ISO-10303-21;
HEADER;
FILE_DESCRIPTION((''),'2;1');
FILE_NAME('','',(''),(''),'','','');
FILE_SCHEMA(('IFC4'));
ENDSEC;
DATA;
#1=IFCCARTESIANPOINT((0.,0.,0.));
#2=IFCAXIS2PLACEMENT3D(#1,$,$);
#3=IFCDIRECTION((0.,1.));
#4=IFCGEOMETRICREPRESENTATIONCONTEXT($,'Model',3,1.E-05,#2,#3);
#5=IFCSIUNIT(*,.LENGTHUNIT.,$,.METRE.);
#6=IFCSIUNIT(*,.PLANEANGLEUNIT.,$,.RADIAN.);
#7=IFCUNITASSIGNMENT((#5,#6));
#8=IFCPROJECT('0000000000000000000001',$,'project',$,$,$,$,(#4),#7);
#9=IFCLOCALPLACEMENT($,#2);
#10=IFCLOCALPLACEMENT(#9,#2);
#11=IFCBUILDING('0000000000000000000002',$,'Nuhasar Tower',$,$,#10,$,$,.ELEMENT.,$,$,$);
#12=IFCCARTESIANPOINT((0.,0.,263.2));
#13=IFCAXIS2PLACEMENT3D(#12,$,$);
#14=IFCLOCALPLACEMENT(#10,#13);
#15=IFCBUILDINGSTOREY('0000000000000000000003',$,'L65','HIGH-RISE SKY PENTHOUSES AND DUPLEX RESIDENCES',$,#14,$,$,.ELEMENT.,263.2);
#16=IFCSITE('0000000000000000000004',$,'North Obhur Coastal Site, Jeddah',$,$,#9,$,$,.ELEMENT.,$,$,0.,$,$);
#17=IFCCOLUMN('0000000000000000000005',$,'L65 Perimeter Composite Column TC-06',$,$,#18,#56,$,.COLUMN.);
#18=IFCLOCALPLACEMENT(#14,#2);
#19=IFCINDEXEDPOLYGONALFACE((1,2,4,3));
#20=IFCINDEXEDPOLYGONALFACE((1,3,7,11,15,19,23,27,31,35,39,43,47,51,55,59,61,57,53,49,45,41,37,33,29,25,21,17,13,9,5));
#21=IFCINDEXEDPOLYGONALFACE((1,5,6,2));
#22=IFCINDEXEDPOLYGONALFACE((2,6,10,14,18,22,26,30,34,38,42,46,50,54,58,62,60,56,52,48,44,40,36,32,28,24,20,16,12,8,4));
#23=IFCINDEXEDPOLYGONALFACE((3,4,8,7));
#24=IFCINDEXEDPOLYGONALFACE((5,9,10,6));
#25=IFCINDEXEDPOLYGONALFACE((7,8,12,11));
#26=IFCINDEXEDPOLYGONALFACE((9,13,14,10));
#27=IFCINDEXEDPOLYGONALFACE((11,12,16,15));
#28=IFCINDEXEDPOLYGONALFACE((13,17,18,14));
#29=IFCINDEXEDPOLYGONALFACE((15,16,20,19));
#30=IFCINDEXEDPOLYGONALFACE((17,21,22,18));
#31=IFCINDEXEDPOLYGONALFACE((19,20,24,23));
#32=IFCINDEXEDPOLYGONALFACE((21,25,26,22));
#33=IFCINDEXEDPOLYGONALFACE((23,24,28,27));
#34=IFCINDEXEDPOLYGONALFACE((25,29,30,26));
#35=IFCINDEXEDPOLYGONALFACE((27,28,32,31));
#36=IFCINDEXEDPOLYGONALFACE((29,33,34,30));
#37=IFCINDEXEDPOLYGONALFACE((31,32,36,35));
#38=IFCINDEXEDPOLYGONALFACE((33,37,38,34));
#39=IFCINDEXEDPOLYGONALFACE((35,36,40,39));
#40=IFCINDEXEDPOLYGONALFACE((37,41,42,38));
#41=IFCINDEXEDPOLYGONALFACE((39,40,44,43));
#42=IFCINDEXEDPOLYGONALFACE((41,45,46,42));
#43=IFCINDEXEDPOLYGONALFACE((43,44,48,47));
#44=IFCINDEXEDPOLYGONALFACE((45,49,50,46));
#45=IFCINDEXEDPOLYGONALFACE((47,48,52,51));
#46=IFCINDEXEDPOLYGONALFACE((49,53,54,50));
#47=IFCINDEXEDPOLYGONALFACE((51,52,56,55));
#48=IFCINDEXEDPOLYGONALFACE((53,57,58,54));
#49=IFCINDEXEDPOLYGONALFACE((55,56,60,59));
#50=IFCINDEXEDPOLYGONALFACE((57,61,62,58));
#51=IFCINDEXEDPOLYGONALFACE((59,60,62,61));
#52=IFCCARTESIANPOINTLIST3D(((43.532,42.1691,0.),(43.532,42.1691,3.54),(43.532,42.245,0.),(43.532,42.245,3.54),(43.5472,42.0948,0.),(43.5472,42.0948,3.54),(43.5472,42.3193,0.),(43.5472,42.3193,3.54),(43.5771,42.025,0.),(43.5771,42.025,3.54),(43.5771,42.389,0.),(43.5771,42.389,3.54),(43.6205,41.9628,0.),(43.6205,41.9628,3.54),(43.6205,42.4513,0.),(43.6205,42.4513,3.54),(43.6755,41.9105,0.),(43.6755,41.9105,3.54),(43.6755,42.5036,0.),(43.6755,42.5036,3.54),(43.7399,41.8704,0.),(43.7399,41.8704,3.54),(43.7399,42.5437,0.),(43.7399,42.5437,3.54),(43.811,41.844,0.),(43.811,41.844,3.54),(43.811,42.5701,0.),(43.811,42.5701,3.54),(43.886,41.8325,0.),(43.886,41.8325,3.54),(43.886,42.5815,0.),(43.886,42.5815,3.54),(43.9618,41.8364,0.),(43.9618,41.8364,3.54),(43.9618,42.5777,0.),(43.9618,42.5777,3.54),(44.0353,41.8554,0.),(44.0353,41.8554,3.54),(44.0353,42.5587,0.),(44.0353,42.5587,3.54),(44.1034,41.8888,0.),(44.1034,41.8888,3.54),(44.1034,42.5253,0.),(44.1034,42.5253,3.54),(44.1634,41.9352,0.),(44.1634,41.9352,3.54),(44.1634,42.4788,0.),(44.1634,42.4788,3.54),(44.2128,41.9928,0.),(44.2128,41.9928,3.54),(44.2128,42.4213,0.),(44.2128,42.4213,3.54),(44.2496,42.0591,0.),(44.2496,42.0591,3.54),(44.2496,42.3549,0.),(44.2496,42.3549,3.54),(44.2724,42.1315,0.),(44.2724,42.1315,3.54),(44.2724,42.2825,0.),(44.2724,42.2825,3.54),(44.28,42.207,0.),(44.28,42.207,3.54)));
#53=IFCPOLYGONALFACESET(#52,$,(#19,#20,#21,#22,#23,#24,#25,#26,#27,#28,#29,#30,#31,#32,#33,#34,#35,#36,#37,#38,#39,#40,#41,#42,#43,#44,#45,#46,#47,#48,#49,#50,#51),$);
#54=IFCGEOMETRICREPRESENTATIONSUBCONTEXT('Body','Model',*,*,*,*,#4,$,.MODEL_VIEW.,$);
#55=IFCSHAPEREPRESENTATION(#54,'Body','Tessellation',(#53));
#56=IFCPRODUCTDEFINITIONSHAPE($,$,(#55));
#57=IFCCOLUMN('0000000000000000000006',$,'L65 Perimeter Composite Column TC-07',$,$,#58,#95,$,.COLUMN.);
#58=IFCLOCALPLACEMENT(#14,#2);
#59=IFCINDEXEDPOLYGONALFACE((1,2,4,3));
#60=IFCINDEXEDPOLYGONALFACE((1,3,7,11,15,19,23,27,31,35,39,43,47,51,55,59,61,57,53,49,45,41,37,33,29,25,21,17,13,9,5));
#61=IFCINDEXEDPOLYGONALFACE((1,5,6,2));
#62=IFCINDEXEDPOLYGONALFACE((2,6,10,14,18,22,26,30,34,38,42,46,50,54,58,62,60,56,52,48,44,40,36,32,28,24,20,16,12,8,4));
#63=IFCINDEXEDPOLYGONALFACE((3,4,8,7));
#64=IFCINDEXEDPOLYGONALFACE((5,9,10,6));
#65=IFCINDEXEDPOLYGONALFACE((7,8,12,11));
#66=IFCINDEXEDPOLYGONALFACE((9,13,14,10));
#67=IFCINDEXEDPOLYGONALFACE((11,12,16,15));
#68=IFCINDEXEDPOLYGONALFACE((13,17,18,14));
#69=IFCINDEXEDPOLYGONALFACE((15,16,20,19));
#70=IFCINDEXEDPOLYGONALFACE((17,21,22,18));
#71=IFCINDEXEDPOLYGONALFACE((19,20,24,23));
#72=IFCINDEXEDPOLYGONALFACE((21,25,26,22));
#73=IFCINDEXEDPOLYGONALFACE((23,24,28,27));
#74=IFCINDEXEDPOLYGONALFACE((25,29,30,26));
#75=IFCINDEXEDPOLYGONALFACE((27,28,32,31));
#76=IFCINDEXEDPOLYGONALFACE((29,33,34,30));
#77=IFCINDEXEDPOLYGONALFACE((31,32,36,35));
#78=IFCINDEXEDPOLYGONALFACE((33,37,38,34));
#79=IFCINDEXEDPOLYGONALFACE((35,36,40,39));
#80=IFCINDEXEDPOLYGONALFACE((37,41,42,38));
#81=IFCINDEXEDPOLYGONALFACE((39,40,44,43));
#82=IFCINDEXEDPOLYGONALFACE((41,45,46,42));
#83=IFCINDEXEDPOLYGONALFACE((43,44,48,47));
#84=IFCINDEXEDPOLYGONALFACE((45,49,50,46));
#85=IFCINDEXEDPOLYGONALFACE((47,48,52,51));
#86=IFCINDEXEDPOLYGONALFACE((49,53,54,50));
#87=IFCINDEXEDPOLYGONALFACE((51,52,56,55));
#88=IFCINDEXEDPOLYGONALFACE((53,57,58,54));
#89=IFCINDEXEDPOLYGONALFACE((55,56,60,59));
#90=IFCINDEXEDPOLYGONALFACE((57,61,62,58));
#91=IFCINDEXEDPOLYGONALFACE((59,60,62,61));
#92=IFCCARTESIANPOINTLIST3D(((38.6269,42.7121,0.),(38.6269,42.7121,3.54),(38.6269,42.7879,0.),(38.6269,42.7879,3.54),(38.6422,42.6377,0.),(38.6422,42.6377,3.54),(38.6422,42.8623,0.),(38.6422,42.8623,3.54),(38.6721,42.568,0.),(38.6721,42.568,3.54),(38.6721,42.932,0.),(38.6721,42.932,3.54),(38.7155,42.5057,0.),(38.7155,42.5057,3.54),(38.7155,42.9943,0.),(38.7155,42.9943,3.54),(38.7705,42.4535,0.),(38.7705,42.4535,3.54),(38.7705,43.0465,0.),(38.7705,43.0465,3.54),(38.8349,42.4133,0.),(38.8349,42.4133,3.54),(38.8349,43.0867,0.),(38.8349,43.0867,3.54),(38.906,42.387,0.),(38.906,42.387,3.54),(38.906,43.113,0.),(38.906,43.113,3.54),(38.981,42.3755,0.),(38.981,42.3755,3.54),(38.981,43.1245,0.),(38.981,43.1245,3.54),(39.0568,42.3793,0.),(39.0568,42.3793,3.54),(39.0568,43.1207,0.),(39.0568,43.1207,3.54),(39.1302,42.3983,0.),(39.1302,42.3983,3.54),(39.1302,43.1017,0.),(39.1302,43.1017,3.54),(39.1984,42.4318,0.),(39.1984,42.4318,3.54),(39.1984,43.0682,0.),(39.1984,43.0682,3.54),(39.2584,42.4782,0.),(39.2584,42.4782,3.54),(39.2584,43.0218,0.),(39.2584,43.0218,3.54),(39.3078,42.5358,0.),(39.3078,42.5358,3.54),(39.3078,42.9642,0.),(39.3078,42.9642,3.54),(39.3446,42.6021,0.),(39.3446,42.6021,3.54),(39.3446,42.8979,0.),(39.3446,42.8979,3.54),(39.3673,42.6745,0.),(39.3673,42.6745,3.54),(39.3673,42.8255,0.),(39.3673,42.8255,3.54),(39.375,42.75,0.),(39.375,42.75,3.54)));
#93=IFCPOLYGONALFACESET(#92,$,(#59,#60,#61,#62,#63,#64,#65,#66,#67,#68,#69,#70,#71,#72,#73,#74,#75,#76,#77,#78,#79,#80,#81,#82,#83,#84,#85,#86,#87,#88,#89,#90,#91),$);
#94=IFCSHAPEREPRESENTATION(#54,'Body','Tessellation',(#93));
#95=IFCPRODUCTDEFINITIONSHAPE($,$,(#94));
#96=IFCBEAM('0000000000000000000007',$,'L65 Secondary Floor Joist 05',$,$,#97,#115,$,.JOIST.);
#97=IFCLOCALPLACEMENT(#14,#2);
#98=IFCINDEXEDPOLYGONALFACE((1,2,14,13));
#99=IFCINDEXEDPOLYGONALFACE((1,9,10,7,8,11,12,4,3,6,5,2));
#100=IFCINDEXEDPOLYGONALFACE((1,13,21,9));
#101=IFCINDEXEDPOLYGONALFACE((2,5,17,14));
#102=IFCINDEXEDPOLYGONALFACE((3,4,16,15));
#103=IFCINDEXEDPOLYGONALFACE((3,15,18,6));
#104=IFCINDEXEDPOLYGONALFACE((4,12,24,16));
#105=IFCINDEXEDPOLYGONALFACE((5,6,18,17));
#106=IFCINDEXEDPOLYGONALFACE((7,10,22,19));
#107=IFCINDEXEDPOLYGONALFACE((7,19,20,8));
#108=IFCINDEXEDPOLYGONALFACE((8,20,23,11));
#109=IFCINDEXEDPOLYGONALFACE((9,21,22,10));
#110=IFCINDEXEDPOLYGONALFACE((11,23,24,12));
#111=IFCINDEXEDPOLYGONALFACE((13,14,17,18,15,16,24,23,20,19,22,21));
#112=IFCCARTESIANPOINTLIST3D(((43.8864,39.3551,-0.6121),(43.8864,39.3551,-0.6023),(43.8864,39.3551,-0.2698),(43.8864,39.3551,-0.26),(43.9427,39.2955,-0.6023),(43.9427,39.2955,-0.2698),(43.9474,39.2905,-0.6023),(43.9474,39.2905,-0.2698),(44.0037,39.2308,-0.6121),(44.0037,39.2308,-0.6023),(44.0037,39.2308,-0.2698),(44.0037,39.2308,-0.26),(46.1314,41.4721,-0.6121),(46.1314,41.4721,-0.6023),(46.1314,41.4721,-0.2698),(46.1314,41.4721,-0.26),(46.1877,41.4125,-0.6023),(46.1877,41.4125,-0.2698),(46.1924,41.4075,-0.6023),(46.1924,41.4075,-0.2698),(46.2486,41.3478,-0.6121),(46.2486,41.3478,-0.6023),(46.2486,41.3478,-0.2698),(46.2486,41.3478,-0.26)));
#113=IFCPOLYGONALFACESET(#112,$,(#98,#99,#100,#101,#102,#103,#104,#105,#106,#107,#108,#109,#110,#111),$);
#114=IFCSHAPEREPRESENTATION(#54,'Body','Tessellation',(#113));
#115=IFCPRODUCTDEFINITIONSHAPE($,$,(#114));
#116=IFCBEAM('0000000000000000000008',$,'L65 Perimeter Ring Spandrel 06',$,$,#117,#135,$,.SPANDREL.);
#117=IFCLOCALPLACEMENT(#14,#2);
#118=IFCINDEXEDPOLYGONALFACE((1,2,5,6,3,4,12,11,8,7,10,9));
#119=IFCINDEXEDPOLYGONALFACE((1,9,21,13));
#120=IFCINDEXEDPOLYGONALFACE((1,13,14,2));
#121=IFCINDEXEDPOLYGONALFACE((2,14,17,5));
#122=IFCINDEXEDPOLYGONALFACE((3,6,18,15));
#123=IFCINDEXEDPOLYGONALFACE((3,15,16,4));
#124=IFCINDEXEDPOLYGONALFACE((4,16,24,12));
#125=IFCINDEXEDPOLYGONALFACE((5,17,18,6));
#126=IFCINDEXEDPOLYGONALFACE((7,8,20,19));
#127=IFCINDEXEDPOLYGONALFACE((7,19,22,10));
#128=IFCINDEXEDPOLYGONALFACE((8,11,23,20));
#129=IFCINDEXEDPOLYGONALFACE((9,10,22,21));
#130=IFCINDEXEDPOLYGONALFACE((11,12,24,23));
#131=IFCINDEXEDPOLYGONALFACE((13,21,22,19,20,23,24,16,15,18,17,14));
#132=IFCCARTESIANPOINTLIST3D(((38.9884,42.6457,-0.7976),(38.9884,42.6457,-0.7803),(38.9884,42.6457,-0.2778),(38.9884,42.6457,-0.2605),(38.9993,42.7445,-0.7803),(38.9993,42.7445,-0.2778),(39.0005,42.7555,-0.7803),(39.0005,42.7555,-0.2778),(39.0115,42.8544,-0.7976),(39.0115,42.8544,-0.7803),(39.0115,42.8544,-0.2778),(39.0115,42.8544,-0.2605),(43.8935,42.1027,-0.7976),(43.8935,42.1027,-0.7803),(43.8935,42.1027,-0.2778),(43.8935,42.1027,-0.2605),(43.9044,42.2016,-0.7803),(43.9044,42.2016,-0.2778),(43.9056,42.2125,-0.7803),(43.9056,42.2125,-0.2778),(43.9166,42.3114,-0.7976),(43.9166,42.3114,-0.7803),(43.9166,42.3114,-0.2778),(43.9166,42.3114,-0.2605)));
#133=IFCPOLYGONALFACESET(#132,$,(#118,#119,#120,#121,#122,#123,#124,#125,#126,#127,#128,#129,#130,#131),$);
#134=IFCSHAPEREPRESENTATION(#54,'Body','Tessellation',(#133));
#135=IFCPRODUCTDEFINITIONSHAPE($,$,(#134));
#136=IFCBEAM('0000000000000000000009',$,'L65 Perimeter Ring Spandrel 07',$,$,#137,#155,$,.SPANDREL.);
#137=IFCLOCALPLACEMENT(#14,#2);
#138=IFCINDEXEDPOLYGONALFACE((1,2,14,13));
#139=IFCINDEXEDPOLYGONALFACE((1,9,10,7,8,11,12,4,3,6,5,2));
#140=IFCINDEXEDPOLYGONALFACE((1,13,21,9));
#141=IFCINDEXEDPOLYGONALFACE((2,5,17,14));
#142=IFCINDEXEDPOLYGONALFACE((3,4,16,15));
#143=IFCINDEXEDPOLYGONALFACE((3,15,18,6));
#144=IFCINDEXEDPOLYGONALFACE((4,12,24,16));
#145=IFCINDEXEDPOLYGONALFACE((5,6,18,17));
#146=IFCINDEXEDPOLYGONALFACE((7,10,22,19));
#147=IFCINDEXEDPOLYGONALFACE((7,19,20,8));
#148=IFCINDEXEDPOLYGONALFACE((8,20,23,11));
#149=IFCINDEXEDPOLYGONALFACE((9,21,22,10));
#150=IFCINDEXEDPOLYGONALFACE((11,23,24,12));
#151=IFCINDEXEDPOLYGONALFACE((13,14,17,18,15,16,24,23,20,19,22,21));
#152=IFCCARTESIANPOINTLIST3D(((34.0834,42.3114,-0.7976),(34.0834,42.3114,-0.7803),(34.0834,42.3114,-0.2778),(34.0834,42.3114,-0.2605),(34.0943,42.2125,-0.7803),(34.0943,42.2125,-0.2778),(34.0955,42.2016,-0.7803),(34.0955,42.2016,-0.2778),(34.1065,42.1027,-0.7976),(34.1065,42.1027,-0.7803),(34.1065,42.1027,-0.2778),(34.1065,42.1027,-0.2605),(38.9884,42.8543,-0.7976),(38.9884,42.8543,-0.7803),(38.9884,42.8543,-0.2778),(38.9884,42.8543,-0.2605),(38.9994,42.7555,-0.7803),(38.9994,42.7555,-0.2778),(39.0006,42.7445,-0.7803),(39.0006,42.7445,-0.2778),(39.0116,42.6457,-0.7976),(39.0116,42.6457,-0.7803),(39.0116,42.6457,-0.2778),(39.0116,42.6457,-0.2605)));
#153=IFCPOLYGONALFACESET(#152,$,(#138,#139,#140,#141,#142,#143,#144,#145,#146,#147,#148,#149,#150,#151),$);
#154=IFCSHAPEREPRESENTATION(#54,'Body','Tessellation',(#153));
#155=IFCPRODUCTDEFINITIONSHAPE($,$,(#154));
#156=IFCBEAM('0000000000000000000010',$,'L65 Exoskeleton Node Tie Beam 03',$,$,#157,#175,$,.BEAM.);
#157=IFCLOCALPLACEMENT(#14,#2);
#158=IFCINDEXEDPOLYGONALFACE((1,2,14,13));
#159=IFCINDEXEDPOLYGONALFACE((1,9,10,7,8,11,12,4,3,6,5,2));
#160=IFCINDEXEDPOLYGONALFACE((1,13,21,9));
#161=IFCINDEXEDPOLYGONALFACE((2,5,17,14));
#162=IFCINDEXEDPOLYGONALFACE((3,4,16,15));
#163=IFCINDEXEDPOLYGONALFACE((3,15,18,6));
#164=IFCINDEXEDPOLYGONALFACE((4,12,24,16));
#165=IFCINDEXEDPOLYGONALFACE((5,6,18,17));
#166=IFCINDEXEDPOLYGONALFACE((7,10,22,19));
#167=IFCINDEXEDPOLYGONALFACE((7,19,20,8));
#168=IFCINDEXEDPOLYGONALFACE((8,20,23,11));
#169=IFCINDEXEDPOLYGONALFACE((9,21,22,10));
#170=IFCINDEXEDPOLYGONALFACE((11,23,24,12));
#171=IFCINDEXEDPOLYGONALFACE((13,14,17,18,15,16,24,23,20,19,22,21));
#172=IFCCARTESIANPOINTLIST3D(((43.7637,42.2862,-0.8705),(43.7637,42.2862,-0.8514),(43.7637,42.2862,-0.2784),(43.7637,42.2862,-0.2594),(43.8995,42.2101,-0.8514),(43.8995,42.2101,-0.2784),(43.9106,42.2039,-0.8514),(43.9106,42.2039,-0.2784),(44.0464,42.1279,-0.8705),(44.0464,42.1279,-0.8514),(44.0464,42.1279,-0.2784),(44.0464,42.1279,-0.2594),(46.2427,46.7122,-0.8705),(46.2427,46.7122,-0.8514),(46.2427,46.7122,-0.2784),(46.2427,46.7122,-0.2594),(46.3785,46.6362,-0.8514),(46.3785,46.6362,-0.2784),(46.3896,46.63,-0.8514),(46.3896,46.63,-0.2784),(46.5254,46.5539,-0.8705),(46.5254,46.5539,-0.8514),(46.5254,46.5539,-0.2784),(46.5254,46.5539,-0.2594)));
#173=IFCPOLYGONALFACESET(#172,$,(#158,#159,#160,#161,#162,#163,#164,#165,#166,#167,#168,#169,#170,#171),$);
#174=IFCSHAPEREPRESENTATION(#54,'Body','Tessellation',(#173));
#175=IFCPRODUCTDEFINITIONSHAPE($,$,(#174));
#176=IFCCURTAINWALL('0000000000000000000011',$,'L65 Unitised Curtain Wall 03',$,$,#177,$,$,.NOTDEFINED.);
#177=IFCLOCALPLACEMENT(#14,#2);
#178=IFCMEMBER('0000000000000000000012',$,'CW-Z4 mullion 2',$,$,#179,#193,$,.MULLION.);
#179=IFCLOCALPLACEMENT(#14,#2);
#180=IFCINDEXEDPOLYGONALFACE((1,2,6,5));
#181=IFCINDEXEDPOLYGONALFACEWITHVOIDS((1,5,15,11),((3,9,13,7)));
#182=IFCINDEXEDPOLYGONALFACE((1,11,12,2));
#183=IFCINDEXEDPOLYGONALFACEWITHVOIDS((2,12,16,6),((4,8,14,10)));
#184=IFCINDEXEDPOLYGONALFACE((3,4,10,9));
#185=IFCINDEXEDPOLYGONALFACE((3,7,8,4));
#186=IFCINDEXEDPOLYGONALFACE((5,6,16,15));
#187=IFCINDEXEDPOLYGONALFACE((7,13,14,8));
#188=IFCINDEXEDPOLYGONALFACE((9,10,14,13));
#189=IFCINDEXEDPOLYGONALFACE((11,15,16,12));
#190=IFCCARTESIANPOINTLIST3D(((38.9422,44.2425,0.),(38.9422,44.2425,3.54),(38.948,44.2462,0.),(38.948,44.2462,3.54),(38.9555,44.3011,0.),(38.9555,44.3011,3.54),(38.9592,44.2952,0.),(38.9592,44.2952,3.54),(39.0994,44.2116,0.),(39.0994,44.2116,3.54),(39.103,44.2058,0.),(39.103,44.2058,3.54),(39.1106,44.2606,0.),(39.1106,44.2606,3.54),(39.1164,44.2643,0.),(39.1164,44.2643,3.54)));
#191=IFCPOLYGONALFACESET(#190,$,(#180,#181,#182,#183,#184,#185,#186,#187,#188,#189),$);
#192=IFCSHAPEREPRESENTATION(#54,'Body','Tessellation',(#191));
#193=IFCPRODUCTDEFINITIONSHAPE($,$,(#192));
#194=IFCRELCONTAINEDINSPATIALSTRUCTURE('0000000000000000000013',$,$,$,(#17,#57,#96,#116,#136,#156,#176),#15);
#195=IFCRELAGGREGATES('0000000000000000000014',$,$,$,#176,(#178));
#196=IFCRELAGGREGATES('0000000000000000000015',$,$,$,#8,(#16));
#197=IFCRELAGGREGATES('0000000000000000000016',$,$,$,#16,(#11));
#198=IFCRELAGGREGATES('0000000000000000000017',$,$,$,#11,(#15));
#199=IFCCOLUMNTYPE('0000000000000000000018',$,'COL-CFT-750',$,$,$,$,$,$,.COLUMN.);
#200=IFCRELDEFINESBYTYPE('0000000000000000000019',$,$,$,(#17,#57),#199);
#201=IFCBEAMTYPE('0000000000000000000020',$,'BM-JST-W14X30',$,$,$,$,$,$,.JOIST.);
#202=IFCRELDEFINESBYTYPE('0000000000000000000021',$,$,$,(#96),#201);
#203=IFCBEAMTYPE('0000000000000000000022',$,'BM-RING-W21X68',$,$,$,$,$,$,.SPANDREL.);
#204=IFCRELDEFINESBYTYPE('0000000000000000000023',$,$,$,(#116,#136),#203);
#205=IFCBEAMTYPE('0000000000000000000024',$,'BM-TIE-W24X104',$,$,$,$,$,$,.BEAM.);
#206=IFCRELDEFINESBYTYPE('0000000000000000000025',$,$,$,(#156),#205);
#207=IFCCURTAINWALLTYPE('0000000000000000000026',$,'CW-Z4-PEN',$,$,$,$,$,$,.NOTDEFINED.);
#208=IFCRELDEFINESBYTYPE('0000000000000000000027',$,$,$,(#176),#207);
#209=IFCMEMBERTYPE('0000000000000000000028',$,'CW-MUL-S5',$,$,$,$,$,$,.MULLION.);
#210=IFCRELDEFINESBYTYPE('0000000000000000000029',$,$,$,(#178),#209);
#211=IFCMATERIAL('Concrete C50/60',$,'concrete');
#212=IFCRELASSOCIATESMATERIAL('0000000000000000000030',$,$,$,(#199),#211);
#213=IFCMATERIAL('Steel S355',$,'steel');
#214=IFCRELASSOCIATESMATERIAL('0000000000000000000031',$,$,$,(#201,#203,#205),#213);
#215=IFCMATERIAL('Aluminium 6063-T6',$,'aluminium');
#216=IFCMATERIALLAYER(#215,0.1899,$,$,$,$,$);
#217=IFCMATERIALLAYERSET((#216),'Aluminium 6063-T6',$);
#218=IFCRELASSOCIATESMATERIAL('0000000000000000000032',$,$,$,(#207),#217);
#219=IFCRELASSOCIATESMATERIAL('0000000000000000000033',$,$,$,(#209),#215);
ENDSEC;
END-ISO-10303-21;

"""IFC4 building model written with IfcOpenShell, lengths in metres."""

from ifc_helpers import new_model, si_unit, direction, frame, origin, origin_2d, place, context, subcontext, project, spatial, hollow_rectangle, circle, i_section, extrude, material, layer, layer_set, material_profile, profile_set, type_object, element, aggregate, save


model = new_model("IFC4")

# Units and contexts
model_context = context("Model", 3, precision=1e-05, world=origin(), true_north=direction((0.0, 1.0)))
body_context = subcontext(model_context, "Body", "Model", "MODEL_VIEW")
ifc_project = project(units=[si_unit("LENGTHUNIT", "METRE"), si_unit("PLANEANGLEUNIT", "RADIAN")], contexts=[model_context])

# Site, building, storey
site_placement = place(None, origin())
site = spatial("IfcSite", under=ifc_project, at=site_placement, Name="North Obhur Coastal Site, Jeddah", CompositionType="ELEMENT", RefElevation=0.0)
building_placement = place(site_placement, origin())
building = spatial("IfcBuilding", under=site, at=building_placement, Name="Nuhasar Tower", CompositionType="ELEMENT")
storey_placement = place(building_placement, frame((0.0, 0.0, 263.2)))
storey = spatial("IfcBuildingStorey", under=building, at=storey_placement, Name="L65", Description="HIGH-RISE SKY PENTHOUSES AND DUPLEX RESIDENCES", CompositionType="ELEMENT", Elevation=263.2)

# Columns
ifc_material_1 = material(Name="Concrete C50/60", Category="concrete")
ifc_material_profile_1 = material_profile(ifc_material_1, circle(Radius=0.375, at=origin_2d()), Name="CFT750")
ifc_profile_set_1 = profile_set([ifc_material_profile_1], Name="Concrete C50/60")
column_type = type_object("IfcColumnType", Name="COL-CFT-750", PredefinedType="COLUMN", material=ifc_profile_set_1)
for number, where, z_axis, x_axis, name in (
    (1, (43.905, 42.207, 0.0), (0.0, 0.0, 1.0), (1.0, 0.0, 0.0), "L65 Perimeter Composite Column TC-06"),
    (2, (39.0, 42.75, 0.0), (0.0, 0.0, 1.0), (1.0, 0.0, 0.0), "L65 Perimeter Composite Column TC-07"),
):
    element("IfcColumn", number, at=place(storey_placement, frame(where, z_axis=z_axis, x_axis=x_axis)), inside=storey, type_object=column_type, Name=name, PredefinedType="COLUMN", context=body_context, shape_type="SweptSolid", body=[
        extrude(circle(Radius=0.375, at=origin_2d()), origin(), (0.0, 0.0, 1.0), 3.54),
    ])

# Beams
ifc_material_2 = material(Name="Steel S355", Category="steel")
ifc_material_profile_2 = material_profile(ifc_material_2, i_section(OverallWidth=0.1709, OverallDepth=0.3521, WebThickness=0.0068, FlangeThickness=0.0098, at=origin_2d()), Name="W14X30")
ifc_profile_set_2 = profile_set([ifc_material_profile_2], Name="Steel S355")
beam_type_1 = type_object("IfcBeamType", Name="BM-JST-W14X30", PredefinedType="JOIST", material=ifc_profile_set_2)
beam_1_placement = place(storey_placement, frame((43.9451, 39.293, -0.436), z_axis=(0.727533, 0.686073, 0.0), x_axis=(-0.686073, 0.727533, 0.0)))
element("IfcBeam", 3, at=beam_1_placement, inside=storey, type_object=beam_type_1, Name="L65 Secondary Floor Joist 05", PredefinedType="JOIST", context=body_context, shape_type="SweptSolid", body=[
    extrude(i_section(OverallWidth=0.1709, OverallDepth=0.3521, WebThickness=0.0068, FlangeThickness=0.0098, at=origin_2d()), origin(), (0.0, 0.0, 1.0), 3.0857),
])
ifc_material_profile_3 = material_profile(ifc_material_2, i_section(OverallWidth=0.21, OverallDepth=0.5371, WebThickness=0.011, FlangeThickness=0.0173, at=origin_2d()), Name="W21X68")
ifc_profile_set_3 = profile_set([ifc_material_profile_3], Name="Steel S355")
beam_type_2 = type_object("IfcBeamType", Name="BM-RING-W21X68", PredefinedType="SPANDREL", material=ifc_profile_set_3)
for number, where, z_axis, x_axis, name in (
    (4, (43.905, 42.207, -0.5291), (-0.993929, 0.110024, 0.0), (-0.110024, -0.993929, 0.0), "L65 Perimeter Ring Spandrel 06"),
    (5, (39.0, 42.75, -0.5291), (-0.993929, -0.110024, 0.0), (0.110024, -0.993929, 0.0), "L65 Perimeter Ring Spandrel 07"),
):
    element("IfcBeam", number, at=place(storey_placement, frame(where, z_axis=z_axis, x_axis=x_axis)), inside=storey, type_object=beam_type_2, Name=name, PredefinedType="SPANDREL", context=body_context, shape_type="SweptSolid", body=[
        extrude(i_section(OverallWidth=0.21, OverallDepth=0.5371, WebThickness=0.011, FlangeThickness=0.0173, at=origin_2d()), origin(), (0.0, 0.0, 1.0), 4.9351),
    ])
ifc_material_profile_4 = material_profile(ifc_material_2, i_section(OverallWidth=0.324, OverallDepth=0.6111, WebThickness=0.0127, FlangeThickness=0.019, at=origin_2d()), Name="W24X104")
ifc_profile_set_4 = profile_set([ifc_material_profile_4], Name="Steel S355")
beam_type_3 = type_object("IfcBeamType", Name="BM-TIE-W24X104", PredefinedType="BEAM", material=ifc_profile_set_4)
beam_2_placement = place(storey_placement, frame((43.905, 42.207, -0.5649), z_axis=(0.488668, 0.87247, 0.0), x_axis=(-0.87247, 0.488668, 0.0)))
element("IfcBeam", 6, at=beam_2_placement, inside=storey, type_object=beam_type_3, Name="L65 Exoskeleton Node Tie Beam 03", PredefinedType="BEAM", context=body_context, shape_type="SweptSolid", body=[
    extrude(i_section(OverallWidth=0.324, OverallDepth=0.6111, WebThickness=0.0127, FlangeThickness=0.019, at=origin_2d()), origin(), (0.0, 0.0, 1.0), 5.073),
])

# Curtain wall, member
ifc_material_3 = material(Name="Aluminium 6063-T6", Category="aluminium")
ifc_layer_1 = layer(ifc_material_3, 0.1899)
ifc_layer_set_1 = layer_set([ifc_layer_1], Name="Aluminium 6063-T6")
curtain_wall_type = type_object("IfcCurtainWallType", Name="CW-Z4-PEN", PredefinedType="NOTDEFINED", material=ifc_layer_set_1)
curtain_wall_placement = place(storey_placement, origin())
curtain_wall = element("IfcCurtainWall", 7, at=curtain_wall_placement, inside=storey, type_object=curtain_wall_type, Name="L65 Unitised Curtain Wall 03", PredefinedType="NOTDEFINED")
ifc_material_profile_5 = material_profile(ifc_material_3, hollow_rectangle(XDim=0.0601, YDim=0.165, WallThickness=0.0049, at=origin_2d()), Name="CWM-5")
ifc_profile_set_5 = profile_set([ifc_material_profile_5], Name="Aluminium 6063-T6")
member_type_1 = type_object("IfcMemberType", Name="CW-MUL-S5", PredefinedType="MULLION", material=ifc_profile_set_5)
member_1_placement = place(storey_placement, frame((39.0293, 44.2534, 0.0), z_axis=(0.0, 0.0, 1.0), x_axis=(-0.222889, -0.974844, 0.0)))
member_1 = element("IfcMember", 8, at=member_1_placement, type_object=member_type_1, Name="CW-Z4 mullion 2", PredefinedType="MULLION", context=body_context, shape_type="SweptSolid", body=[
    extrude(hollow_rectangle(XDim=0.0601, YDim=0.165, WallThickness=0.0049, at=origin_2d()), origin(), (0.0, 0.0, 1.0), 3.54),
])

aggregate(curtain_wall, [member_1])

save(model, "model.ifc")
